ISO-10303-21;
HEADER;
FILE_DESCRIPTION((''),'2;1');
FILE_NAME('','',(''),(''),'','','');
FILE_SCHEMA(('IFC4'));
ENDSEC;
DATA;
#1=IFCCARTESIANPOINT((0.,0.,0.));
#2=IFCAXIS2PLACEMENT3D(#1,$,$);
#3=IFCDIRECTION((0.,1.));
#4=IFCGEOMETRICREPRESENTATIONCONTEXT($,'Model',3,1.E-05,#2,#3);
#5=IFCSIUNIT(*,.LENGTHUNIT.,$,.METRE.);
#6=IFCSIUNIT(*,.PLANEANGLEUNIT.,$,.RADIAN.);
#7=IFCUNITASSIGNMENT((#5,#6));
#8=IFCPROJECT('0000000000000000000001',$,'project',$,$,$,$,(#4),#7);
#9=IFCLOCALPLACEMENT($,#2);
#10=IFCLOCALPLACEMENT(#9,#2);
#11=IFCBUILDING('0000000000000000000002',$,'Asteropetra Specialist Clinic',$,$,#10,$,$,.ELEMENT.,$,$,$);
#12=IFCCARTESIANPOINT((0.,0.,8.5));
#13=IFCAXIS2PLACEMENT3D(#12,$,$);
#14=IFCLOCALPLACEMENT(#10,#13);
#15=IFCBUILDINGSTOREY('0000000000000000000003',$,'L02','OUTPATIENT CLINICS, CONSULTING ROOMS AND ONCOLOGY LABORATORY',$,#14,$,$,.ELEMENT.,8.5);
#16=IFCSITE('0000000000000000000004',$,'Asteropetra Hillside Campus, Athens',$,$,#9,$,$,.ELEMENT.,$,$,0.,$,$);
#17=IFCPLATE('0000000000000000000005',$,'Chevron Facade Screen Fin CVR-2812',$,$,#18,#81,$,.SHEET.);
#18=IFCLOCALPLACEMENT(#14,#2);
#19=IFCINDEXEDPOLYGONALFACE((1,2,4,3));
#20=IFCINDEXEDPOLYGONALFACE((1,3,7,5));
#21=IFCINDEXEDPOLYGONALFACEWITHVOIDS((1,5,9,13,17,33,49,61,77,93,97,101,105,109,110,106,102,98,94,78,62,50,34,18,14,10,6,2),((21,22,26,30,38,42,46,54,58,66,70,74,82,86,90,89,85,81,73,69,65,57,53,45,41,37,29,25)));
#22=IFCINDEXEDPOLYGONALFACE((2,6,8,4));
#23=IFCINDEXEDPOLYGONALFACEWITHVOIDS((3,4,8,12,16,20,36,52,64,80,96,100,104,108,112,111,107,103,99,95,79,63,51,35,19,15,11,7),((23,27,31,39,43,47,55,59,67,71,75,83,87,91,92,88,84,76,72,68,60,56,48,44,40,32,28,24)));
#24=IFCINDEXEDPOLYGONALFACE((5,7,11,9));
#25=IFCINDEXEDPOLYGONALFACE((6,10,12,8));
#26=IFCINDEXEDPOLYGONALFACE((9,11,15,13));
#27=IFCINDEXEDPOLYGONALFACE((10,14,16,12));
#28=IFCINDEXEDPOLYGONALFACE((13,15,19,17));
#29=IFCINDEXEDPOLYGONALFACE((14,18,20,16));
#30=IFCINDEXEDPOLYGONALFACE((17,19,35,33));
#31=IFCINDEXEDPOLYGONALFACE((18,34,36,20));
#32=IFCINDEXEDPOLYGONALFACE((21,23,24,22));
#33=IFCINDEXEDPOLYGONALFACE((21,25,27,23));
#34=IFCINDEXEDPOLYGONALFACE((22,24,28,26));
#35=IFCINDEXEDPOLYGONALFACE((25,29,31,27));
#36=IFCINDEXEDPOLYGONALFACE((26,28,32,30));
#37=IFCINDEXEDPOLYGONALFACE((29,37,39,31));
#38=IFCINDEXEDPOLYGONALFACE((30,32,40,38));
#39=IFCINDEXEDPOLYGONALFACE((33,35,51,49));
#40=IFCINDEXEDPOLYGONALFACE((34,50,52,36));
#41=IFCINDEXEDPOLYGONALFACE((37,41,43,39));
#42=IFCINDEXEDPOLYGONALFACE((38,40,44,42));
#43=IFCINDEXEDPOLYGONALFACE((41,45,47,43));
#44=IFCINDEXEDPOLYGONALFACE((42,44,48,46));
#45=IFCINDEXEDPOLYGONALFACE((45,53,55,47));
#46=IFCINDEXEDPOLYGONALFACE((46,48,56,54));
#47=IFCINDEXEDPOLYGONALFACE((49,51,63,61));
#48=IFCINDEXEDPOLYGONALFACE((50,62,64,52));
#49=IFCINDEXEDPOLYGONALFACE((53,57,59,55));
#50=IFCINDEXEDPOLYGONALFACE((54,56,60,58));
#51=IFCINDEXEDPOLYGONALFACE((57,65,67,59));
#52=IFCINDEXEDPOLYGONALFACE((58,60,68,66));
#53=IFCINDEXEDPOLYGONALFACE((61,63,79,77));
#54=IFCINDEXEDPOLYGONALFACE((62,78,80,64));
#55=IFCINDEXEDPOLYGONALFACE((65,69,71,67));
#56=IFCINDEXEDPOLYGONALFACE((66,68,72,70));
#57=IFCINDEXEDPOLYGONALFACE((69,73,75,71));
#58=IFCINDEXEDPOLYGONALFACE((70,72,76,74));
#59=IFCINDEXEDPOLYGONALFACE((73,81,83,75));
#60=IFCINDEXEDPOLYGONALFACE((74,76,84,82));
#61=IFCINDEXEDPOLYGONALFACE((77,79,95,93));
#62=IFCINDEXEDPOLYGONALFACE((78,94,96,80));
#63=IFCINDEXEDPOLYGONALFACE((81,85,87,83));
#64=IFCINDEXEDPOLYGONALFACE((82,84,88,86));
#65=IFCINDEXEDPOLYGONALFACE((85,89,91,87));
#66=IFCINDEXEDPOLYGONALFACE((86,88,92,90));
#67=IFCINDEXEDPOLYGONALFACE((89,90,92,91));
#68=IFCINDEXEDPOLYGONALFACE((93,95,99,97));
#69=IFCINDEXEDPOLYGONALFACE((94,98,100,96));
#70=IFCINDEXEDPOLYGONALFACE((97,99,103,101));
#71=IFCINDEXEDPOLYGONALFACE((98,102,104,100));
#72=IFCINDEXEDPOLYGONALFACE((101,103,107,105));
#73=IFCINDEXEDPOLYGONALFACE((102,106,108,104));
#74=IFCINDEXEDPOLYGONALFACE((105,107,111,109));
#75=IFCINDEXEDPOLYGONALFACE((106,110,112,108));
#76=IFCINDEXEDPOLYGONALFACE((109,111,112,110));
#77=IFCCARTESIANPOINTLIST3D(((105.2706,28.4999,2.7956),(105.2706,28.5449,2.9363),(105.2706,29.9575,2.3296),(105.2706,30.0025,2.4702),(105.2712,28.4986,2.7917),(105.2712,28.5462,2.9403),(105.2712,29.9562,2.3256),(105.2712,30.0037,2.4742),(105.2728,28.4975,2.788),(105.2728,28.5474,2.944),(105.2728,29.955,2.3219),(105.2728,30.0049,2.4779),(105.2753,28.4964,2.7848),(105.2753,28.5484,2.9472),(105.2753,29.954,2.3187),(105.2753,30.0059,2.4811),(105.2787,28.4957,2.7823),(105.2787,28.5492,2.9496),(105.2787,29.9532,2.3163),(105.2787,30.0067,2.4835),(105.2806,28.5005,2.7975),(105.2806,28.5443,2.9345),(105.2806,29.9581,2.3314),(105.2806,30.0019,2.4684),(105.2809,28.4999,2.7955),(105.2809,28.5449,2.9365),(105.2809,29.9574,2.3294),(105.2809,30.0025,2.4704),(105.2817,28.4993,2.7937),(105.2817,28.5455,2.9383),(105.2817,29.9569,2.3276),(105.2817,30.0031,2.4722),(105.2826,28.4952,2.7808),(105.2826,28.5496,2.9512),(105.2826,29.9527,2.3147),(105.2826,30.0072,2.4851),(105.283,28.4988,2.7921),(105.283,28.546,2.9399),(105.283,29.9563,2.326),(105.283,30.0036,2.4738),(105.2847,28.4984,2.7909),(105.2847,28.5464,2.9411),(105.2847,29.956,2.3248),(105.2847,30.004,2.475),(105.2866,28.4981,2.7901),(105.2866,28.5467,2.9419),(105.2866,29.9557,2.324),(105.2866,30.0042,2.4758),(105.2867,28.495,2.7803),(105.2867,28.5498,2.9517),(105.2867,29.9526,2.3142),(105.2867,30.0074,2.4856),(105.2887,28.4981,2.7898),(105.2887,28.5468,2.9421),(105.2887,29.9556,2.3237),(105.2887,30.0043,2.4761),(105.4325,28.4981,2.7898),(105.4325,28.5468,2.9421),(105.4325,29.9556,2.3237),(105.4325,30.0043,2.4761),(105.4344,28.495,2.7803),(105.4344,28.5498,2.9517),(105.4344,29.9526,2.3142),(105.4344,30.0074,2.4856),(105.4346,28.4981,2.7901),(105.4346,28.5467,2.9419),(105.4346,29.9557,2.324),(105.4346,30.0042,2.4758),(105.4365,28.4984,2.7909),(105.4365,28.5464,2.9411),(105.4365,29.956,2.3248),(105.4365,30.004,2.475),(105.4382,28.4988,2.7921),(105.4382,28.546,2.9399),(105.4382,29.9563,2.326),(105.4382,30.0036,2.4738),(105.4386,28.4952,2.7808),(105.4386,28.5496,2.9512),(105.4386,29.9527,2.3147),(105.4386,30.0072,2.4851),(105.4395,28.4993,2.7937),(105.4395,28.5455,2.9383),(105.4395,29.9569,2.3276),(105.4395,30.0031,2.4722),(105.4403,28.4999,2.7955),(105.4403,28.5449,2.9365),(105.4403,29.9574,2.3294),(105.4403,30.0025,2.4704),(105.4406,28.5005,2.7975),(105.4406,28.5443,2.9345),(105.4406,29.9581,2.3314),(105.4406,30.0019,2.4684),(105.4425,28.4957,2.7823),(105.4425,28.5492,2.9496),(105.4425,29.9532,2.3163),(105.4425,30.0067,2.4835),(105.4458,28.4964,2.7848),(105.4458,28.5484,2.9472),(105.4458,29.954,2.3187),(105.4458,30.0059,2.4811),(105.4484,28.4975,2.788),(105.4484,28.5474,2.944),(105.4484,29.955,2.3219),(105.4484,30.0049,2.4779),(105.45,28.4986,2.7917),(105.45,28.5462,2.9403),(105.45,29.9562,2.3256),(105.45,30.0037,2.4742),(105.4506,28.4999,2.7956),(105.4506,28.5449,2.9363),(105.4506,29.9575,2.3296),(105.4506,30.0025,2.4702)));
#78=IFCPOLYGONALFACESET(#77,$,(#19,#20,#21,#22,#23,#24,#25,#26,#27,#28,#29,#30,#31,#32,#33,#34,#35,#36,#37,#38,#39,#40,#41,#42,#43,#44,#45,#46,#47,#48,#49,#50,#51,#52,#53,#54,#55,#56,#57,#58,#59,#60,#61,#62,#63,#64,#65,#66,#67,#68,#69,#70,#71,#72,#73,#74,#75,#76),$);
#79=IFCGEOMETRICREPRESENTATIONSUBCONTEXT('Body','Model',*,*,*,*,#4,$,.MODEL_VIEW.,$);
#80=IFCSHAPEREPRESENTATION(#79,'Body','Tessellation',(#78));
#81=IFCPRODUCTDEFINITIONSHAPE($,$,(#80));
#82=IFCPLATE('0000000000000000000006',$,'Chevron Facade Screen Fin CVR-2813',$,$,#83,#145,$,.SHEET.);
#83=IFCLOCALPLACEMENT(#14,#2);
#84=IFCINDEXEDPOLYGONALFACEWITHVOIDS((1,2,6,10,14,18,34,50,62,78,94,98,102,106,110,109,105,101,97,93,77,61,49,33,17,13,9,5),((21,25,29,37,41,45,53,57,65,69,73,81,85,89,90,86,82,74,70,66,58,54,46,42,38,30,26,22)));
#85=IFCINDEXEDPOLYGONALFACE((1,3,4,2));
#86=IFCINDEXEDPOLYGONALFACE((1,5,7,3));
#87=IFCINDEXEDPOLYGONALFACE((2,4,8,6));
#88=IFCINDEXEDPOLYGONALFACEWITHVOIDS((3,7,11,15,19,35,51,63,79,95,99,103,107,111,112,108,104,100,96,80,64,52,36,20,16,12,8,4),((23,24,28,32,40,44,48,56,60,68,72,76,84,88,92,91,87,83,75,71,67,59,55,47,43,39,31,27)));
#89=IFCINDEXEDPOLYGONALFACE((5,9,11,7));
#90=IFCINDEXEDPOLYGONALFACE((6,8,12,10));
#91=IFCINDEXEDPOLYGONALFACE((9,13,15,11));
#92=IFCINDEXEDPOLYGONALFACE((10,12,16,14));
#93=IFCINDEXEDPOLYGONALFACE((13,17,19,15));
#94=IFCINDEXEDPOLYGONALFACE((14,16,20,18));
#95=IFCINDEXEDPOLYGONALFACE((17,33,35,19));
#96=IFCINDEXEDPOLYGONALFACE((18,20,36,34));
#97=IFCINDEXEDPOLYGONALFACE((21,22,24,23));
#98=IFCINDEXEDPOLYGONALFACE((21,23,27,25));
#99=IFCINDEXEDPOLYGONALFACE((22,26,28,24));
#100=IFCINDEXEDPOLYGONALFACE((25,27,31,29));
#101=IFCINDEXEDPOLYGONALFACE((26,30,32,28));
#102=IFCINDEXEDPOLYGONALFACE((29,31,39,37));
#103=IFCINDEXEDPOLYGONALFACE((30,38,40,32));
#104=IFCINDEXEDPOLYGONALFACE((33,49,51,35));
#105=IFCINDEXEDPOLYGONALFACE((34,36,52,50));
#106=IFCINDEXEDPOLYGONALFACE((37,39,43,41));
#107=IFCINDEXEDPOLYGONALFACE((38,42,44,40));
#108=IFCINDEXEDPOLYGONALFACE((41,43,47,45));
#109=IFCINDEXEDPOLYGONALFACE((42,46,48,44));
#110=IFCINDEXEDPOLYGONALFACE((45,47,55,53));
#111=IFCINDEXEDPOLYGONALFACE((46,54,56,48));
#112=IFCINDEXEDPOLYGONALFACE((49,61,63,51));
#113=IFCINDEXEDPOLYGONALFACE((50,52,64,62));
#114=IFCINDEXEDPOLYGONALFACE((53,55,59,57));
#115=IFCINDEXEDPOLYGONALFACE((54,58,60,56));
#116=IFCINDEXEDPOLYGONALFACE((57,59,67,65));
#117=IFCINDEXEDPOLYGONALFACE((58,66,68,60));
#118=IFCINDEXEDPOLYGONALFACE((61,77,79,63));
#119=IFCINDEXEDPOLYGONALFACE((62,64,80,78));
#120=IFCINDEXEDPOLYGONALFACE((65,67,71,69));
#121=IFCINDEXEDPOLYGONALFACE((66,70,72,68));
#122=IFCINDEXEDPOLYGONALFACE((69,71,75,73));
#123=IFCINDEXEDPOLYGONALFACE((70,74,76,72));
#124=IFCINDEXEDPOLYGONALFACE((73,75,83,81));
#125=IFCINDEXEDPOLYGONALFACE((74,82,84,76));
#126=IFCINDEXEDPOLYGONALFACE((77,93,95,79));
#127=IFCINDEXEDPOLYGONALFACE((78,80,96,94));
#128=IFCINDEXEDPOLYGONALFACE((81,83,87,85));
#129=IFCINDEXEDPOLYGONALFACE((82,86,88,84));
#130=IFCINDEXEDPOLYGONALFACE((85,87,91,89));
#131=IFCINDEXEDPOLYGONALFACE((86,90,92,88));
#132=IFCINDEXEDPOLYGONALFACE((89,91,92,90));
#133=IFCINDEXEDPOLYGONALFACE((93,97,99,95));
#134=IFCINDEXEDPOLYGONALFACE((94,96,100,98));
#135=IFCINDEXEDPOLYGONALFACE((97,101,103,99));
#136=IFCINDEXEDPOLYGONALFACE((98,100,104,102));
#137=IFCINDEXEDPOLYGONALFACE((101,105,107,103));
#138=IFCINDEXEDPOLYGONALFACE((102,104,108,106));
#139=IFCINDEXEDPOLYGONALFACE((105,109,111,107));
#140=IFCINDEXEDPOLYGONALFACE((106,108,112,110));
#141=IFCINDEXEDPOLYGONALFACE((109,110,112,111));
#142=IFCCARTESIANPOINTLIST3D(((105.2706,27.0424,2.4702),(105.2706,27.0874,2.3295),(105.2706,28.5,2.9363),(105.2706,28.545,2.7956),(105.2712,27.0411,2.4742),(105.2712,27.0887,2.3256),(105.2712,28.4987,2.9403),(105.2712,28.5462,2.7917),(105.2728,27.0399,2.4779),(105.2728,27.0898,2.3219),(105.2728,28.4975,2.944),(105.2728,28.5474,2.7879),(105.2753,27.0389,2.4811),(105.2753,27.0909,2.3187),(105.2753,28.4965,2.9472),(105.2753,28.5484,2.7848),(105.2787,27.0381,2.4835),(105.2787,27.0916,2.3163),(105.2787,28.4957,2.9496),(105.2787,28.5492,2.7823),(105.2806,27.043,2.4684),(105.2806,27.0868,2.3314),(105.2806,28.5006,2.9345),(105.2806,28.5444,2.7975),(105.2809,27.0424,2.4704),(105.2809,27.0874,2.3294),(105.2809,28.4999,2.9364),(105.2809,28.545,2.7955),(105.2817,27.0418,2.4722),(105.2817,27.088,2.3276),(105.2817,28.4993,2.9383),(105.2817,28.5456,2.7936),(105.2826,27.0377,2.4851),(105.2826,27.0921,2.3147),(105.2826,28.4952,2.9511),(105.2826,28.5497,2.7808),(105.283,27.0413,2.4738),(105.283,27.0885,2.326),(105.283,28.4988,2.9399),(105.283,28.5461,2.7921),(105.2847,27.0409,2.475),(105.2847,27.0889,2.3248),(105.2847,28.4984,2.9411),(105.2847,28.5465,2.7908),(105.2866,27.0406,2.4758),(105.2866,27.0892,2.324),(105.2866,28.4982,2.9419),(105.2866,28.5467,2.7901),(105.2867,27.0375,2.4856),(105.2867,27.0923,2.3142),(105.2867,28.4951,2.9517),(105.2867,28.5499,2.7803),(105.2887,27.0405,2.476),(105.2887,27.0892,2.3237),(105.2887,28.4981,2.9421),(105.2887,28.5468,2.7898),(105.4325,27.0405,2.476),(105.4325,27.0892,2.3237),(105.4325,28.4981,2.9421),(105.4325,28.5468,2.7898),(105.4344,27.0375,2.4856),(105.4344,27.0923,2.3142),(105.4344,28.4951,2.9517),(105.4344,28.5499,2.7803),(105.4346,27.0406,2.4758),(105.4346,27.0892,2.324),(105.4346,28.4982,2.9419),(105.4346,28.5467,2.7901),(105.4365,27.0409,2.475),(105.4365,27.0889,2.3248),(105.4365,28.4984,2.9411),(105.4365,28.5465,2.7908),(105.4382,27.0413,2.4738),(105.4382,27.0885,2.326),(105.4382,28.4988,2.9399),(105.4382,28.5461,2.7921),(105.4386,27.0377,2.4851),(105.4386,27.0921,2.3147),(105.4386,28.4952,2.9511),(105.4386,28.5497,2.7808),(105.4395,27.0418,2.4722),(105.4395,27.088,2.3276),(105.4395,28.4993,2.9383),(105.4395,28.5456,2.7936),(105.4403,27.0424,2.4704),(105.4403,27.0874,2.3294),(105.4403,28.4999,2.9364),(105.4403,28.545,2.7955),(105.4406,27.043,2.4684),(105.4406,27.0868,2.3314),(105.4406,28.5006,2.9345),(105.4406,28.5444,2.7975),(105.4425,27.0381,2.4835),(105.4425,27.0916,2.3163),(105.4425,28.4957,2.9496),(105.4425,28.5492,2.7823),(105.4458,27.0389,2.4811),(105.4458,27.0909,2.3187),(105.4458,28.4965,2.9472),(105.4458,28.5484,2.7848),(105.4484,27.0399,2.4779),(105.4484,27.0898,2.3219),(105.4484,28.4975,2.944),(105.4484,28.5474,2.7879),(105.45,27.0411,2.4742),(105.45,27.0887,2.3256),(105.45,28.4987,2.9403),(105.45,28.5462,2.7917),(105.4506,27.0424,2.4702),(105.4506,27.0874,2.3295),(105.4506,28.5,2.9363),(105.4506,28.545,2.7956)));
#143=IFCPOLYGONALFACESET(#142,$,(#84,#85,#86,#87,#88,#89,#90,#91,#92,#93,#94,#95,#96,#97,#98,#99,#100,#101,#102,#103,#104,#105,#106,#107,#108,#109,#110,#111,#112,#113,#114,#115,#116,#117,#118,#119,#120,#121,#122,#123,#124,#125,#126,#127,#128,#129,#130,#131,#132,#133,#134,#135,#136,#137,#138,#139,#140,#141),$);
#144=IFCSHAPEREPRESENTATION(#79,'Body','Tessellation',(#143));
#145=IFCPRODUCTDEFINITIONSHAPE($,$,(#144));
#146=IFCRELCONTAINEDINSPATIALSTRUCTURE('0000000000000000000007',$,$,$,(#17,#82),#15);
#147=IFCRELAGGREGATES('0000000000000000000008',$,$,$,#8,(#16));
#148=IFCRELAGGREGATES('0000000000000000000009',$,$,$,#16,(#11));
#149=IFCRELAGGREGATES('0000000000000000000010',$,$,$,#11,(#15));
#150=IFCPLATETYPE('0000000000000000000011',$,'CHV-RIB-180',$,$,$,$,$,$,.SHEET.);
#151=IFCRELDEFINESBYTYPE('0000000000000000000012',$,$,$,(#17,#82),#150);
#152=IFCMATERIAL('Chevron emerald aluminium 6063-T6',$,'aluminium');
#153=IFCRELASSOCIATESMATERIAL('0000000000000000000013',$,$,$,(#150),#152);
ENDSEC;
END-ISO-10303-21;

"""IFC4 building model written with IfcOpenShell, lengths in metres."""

from ifc_helpers import new_model, si_unit, direction, frame, origin, origin_2d, place, context, subcontext, project, spatial, hollow_rectangle, extrude, material, material_profile, profile_set, type_object, element, save


model = new_model("IFC4")

# Units and contexts
model_context = context("Model", 3, precision=1e-05, world=origin(), true_north=direction((0.0, 1.0)))
body_context = subcontext(model_context, "Body", "Model", "MODEL_VIEW")
ifc_project = project(units=[si_unit("LENGTHUNIT", "METRE"), si_unit("PLANEANGLEUNIT", "RADIAN")], contexts=[model_context])

# Site, building, storey
site_placement = place(None, origin())
site = spatial("IfcSite", under=ifc_project, at=site_placement, Name="Asteropetra Hillside Campus, Athens", CompositionType="ELEMENT", RefElevation=0.0)
building_placement = place(site_placement, origin())
building = spatial("IfcBuilding", under=site, at=building_placement, Name="Asteropetra Specialist Clinic", CompositionType="ELEMENT")
storey_placement = place(building_placement, frame((0.0, 0.0, 8.5)))
storey = spatial("IfcBuildingStorey", under=building, at=storey_placement, Name="L02", Description="OUTPATIENT CLINICS, CONSULTING ROOMS AND ONCOLOGY LABORATORY", CompositionType="ELEMENT", Elevation=8.5)

# Plates
ifc_material_1 = material(Name="Chevron emerald aluminium 6063-T6", Category="aluminium")
ifc_material_profile = material_profile(ifc_material_1, hollow_rectangle(XDim=0.1799, YDim=0.1799, WallThickness=0.01, InnerFilletRadius=0.0081, OuterFilletRadius=0.0161, at=origin_2d()), Name="SHS 180x180x10.0")
ifc_profile_set = profile_set([ifc_material_profile], Name="Chevron emerald aluminium 6063-T6")
plate_type = type_object("IfcPlateType", Name="CHV-RIB-180", PredefinedType="SHEET", material=ifc_profile_set)
for number, where, z_axis, x_axis, name in (
    (1, (105.3606, 29.98, 2.3999), (0.0, -0.952489, 0.304573), (1.0, 0.0, 0.0), "Chevron Facade Screen Fin CVR-2812"),
    (2, (105.3606, 28.5225, 2.866), (0.0, -0.952489, -0.304573), (1.0, 0.0, 0.0), "Chevron Facade Screen Fin CVR-2813"),
):
    element("IfcPlate", number, at=place(storey_placement, frame(where, z_axis=z_axis, x_axis=x_axis)), inside=storey, type_object=plate_type, Name=name, PredefinedType="SHEET", context=body_context, shape_type="SweptSolid", body=[
        extrude(hollow_rectangle(XDim=0.1799, YDim=0.1799, WallThickness=0.01, InnerFilletRadius=0.0081, OuterFilletRadius=0.0161, at=origin_2d()), origin(), (0.0, 0.0, 1.0), 1.5303),
    ])

save(model, "model.ifc")
